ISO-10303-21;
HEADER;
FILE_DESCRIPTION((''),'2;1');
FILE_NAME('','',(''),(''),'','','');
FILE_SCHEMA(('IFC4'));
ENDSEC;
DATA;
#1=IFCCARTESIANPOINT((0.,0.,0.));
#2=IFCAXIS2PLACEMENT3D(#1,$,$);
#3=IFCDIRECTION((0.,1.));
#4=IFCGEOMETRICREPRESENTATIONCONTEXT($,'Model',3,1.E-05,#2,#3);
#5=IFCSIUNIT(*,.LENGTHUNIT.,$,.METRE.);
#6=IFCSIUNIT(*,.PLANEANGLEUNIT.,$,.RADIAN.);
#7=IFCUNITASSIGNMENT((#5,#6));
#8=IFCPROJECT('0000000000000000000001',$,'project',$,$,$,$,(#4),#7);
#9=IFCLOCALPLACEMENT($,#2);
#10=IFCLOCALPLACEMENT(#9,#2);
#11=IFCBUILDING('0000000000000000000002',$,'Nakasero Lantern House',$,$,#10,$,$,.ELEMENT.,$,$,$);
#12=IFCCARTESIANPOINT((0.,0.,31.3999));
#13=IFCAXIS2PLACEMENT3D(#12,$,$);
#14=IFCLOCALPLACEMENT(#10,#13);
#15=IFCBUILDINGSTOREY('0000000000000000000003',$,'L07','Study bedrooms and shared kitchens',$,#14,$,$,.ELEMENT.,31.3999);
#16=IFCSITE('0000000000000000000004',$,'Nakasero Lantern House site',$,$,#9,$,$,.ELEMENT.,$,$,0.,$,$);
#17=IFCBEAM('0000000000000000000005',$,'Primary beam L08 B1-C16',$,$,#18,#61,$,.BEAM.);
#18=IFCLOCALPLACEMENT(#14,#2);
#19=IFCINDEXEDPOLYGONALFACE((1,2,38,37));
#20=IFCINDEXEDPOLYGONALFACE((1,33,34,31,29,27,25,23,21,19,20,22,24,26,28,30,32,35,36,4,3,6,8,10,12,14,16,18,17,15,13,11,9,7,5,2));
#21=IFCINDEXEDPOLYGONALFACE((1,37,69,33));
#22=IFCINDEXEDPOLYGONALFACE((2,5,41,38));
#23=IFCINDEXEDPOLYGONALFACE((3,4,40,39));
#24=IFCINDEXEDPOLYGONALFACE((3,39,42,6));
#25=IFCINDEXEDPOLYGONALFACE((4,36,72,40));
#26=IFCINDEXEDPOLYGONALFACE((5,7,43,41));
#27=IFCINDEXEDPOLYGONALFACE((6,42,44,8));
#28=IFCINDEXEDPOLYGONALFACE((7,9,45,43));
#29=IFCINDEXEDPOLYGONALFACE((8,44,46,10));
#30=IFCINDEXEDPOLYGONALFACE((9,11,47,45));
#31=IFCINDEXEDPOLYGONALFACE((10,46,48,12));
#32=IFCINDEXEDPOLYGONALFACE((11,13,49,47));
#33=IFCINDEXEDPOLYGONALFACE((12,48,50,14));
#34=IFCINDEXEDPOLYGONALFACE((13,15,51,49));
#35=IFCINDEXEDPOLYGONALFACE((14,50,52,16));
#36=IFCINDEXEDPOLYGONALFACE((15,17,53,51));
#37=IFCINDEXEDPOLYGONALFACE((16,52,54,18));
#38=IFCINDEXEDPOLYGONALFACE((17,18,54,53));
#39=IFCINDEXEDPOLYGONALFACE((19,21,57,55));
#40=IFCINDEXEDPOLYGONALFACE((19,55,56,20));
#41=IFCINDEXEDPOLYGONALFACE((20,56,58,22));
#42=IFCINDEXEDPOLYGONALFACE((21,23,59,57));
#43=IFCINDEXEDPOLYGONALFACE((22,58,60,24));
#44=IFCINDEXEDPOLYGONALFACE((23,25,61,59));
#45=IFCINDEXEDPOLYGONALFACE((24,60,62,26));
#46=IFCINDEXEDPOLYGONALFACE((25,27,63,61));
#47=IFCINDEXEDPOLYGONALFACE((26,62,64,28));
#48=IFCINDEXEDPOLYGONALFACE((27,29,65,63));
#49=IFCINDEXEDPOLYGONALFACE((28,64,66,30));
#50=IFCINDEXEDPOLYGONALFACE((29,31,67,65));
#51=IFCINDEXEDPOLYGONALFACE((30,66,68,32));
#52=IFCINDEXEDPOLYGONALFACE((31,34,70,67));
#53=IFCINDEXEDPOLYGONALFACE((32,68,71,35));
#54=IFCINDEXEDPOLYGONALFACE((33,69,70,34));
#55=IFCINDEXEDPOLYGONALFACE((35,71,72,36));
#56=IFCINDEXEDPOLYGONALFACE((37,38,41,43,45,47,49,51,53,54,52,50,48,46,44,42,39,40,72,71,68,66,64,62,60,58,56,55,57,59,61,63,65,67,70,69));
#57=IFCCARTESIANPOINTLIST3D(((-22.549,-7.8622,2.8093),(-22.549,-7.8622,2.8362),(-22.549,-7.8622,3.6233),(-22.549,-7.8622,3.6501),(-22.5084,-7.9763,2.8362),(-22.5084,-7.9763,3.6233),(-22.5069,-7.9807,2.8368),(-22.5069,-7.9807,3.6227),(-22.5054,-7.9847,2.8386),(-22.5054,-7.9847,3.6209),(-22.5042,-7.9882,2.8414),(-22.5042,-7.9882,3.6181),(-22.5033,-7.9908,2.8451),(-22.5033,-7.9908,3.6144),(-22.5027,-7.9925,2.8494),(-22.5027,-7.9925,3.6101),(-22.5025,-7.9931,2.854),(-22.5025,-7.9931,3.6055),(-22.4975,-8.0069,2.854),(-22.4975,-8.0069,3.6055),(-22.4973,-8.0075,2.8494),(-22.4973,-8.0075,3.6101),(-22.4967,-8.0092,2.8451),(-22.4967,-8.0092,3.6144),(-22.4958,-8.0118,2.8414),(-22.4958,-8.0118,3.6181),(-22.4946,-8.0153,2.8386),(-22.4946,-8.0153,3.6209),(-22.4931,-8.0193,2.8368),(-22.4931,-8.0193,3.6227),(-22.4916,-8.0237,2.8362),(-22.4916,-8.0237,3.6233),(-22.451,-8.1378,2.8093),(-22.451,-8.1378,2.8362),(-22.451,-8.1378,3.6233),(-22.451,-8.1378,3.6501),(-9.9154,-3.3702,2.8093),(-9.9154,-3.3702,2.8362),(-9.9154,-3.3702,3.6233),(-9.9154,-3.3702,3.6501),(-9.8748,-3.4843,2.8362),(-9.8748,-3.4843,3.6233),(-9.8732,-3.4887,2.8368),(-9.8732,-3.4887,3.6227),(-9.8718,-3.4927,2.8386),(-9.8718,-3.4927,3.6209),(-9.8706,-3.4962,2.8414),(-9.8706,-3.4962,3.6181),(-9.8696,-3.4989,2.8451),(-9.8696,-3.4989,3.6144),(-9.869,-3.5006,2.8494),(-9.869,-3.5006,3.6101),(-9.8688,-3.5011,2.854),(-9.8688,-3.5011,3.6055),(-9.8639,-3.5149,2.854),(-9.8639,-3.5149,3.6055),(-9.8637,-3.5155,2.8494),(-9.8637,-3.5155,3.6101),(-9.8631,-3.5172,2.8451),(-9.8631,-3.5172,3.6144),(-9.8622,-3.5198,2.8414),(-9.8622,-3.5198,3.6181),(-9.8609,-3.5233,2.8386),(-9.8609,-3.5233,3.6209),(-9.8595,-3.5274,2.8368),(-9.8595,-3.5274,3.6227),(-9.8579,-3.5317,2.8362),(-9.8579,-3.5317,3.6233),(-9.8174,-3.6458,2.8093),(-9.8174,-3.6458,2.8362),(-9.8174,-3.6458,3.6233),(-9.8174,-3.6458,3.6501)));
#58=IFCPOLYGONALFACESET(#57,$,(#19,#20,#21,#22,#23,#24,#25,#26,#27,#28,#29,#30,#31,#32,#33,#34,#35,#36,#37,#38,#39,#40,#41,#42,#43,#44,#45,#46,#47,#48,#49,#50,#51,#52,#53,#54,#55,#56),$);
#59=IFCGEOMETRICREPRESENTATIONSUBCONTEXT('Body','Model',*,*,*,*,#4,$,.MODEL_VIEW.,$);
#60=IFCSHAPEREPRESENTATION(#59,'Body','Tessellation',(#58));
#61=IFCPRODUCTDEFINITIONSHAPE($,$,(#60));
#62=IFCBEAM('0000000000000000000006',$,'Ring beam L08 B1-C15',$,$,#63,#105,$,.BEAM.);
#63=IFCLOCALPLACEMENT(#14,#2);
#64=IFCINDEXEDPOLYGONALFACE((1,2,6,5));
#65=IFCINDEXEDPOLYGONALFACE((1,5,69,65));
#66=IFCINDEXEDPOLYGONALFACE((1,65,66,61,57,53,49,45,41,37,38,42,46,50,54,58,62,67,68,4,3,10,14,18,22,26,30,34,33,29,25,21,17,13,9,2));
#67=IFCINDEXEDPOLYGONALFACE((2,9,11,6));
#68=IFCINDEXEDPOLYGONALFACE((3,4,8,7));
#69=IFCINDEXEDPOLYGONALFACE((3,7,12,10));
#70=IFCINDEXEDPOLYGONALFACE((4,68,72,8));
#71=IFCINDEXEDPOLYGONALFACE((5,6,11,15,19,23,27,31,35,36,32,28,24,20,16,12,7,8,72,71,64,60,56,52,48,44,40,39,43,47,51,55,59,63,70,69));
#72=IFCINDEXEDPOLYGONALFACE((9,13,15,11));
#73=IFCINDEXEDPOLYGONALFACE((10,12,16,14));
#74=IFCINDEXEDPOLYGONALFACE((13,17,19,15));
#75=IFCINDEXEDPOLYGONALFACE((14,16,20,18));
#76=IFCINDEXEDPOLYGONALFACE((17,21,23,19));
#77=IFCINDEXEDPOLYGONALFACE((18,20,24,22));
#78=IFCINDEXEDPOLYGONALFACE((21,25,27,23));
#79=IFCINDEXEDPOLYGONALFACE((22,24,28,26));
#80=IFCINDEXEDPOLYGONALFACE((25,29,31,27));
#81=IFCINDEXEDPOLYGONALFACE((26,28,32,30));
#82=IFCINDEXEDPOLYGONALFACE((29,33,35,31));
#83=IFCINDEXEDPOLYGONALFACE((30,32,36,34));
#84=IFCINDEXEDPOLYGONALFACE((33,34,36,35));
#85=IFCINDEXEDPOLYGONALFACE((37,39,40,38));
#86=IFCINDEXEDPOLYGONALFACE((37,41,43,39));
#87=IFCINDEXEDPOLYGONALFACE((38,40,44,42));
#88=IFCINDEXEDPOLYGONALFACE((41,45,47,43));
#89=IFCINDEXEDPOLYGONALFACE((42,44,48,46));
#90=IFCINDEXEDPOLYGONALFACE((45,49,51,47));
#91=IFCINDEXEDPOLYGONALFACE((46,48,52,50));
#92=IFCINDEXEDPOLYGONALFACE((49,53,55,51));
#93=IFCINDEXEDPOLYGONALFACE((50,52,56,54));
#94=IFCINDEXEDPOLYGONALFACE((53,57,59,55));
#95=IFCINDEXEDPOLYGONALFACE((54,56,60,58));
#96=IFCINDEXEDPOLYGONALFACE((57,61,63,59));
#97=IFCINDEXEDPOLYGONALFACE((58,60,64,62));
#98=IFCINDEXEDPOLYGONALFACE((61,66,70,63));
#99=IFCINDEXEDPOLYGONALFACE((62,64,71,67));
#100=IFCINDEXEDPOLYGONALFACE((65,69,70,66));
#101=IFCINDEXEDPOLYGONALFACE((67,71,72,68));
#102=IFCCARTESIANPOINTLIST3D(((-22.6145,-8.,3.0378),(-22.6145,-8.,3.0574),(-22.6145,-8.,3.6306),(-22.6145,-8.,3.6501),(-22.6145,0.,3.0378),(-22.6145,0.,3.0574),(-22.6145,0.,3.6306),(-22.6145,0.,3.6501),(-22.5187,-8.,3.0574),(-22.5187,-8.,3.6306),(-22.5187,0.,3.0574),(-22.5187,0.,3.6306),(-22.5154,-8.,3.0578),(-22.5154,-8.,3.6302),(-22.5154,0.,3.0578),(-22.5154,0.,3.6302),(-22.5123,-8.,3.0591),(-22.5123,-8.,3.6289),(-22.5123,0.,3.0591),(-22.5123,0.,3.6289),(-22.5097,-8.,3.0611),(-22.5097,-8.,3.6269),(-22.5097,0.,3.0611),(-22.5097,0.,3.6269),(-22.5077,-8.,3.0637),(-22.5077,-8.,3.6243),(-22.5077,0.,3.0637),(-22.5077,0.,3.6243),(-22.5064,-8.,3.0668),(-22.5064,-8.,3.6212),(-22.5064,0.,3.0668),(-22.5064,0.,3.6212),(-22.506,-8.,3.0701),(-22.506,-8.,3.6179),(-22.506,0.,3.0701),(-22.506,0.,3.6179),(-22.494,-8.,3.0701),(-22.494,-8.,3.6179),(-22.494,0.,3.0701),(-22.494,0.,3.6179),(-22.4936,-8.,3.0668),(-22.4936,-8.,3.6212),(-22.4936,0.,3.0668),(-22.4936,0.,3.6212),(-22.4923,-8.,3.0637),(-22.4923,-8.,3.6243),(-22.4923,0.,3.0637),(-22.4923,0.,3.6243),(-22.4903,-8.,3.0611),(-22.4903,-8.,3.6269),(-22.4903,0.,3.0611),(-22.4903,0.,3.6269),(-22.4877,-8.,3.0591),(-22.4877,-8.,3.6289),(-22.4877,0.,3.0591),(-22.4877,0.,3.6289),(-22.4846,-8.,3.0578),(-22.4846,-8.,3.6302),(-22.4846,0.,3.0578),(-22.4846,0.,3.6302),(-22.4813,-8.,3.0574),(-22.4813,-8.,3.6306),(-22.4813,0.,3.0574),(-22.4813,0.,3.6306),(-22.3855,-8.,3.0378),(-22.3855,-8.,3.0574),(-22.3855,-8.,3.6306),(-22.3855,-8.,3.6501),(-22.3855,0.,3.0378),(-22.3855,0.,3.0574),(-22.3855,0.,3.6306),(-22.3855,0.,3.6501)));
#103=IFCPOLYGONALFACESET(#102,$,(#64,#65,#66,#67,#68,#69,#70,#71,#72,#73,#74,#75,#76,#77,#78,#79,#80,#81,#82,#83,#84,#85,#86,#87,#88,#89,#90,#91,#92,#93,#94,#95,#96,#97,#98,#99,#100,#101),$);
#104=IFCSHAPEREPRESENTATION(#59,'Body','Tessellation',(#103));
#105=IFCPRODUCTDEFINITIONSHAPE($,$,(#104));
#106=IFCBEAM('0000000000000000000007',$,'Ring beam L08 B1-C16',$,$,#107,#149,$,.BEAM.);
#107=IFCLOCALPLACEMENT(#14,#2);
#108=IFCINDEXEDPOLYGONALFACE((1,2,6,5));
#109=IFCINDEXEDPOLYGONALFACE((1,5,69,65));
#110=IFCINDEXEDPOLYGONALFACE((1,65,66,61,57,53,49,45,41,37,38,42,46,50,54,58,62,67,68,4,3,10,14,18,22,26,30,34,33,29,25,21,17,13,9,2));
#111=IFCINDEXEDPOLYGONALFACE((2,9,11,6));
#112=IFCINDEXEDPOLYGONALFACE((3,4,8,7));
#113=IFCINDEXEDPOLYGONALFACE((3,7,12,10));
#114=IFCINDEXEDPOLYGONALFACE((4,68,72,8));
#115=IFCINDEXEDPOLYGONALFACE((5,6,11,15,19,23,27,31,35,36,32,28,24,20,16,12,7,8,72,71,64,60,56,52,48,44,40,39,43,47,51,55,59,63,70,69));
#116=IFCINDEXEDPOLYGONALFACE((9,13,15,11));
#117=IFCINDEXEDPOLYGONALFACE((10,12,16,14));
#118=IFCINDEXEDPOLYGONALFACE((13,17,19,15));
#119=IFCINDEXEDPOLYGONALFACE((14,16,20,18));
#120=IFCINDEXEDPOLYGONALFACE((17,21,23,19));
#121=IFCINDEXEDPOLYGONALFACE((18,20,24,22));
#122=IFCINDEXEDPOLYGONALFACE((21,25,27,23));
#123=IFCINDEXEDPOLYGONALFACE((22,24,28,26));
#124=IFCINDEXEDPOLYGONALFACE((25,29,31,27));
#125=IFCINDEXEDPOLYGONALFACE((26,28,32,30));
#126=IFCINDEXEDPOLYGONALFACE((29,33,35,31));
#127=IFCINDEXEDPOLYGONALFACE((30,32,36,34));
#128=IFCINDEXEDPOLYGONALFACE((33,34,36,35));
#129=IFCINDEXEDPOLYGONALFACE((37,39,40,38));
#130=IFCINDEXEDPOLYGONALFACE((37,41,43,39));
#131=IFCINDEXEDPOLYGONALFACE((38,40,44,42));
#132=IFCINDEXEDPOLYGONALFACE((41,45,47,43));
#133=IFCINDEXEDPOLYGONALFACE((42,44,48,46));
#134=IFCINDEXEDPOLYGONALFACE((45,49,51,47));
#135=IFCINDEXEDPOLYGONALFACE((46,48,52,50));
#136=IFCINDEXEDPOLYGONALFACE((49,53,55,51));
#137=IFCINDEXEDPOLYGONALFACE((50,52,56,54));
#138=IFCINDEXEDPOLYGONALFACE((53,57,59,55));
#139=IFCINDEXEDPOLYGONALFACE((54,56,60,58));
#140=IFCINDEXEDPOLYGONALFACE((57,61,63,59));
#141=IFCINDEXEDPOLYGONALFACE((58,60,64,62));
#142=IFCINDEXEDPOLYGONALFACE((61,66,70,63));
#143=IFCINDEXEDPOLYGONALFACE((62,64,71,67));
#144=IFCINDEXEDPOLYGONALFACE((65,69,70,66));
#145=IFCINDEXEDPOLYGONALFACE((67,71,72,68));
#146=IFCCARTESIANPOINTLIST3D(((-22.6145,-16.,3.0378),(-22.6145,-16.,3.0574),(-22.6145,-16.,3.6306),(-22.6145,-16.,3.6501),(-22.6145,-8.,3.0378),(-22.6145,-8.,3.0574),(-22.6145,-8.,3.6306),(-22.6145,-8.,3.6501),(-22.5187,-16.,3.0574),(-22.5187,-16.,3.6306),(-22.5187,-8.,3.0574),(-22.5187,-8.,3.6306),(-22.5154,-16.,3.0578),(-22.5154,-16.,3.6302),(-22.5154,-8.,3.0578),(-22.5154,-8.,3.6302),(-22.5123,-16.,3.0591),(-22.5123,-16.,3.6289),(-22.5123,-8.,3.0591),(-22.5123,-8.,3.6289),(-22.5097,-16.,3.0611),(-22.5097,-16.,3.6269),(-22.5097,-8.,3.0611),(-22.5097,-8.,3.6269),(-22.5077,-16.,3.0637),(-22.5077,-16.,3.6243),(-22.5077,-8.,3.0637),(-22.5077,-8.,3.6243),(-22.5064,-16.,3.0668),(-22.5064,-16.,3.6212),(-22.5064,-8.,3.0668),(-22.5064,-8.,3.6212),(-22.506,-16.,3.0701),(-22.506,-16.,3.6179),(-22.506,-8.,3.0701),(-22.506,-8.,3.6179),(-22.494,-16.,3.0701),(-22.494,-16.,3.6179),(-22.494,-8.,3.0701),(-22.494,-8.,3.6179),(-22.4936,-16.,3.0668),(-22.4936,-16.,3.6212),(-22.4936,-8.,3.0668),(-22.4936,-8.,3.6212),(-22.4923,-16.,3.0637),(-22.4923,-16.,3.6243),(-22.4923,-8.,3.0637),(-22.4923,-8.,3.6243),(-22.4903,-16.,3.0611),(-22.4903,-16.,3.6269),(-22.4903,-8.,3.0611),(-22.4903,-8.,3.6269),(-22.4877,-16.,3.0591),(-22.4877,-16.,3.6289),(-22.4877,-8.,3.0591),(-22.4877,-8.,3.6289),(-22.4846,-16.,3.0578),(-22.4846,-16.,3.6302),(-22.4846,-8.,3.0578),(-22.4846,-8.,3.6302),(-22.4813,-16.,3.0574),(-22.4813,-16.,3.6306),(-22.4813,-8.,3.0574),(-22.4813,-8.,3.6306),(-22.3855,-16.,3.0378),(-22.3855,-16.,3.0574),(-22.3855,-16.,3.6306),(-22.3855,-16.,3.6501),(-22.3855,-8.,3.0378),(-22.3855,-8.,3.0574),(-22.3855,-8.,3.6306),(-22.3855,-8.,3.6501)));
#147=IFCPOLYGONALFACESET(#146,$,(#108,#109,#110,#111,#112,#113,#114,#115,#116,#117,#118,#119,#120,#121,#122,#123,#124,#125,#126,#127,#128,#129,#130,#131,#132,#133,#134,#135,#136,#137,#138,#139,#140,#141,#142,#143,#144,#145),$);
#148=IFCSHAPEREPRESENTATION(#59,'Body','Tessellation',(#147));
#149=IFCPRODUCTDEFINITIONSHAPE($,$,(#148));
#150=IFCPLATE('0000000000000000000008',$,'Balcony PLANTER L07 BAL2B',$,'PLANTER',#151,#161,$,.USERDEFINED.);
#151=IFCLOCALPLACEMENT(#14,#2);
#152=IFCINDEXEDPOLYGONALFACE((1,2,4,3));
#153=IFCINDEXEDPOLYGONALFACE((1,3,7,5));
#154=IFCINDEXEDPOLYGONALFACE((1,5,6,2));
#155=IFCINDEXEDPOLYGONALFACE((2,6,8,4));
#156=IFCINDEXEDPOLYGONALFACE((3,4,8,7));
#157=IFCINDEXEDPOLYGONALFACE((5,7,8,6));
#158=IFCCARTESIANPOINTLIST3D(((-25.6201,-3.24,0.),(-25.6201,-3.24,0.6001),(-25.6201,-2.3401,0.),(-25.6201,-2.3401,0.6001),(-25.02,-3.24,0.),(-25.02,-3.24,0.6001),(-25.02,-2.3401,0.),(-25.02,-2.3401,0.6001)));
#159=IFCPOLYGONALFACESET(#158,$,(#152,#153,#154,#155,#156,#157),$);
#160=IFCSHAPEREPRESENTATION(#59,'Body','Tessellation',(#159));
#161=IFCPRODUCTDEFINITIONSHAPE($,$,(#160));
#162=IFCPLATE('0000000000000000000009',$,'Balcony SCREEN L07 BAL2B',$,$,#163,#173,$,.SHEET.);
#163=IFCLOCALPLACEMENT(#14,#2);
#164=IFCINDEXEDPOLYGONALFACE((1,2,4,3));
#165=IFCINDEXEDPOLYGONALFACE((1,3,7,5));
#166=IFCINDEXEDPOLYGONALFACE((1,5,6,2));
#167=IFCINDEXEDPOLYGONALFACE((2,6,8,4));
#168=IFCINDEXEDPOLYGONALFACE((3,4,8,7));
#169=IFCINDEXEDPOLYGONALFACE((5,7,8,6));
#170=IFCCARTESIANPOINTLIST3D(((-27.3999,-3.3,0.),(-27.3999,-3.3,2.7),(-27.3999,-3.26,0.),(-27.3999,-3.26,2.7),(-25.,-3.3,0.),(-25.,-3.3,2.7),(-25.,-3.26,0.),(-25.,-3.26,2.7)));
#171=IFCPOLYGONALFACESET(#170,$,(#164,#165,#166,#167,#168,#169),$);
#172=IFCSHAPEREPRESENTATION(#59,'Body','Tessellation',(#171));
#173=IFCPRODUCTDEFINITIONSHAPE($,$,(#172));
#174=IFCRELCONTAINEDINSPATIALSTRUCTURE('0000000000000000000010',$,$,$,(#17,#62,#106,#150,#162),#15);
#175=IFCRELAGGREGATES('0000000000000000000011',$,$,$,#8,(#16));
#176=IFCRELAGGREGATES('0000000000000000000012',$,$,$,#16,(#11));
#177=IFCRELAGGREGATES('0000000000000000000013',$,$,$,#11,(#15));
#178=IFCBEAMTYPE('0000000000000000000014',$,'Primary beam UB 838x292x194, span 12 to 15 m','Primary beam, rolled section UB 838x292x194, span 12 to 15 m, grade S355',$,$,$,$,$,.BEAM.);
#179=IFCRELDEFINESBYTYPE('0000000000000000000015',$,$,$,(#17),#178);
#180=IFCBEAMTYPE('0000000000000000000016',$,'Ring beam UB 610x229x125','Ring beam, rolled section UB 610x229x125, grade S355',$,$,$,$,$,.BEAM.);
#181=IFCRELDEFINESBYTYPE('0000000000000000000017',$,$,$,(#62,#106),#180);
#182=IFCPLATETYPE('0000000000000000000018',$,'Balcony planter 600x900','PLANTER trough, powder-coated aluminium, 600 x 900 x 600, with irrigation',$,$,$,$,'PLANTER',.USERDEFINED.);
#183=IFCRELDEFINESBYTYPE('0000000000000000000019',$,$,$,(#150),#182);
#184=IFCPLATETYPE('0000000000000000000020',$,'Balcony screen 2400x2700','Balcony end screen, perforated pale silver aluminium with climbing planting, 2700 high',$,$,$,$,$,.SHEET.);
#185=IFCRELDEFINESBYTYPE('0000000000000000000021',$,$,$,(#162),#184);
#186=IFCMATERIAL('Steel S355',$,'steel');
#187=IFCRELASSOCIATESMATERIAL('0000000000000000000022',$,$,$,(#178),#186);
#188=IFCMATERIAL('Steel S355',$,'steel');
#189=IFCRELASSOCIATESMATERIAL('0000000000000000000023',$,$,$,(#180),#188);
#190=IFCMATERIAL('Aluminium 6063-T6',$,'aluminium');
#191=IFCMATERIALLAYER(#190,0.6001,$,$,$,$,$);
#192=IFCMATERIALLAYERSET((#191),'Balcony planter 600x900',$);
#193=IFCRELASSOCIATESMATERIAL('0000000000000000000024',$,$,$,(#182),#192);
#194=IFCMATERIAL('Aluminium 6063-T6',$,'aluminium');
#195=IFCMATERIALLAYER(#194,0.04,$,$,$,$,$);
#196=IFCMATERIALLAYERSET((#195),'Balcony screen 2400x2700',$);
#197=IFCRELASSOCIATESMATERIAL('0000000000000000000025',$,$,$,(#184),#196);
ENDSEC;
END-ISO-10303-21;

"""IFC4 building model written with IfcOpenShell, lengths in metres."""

from ifc_helpers import new_model, si_unit, direction, frame, origin, origin_2d, place, context, subcontext, project, spatial, rectangle, i_section, extrude, material, layer, layer_set, material_profile, profile_set, type_object, element, save


model = new_model("IFC4")

# Units and contexts
model_context = context("Model", 3, precision=1e-05, world=origin(), true_north=direction((0.0, 1.0)))
body_context = subcontext(model_context, "Body", "Model", "MODEL_VIEW")
ifc_project = project(units=[si_unit("LENGTHUNIT", "METRE"), si_unit("PLANEANGLEUNIT", "RADIAN")], contexts=[model_context])

# Site, building, storey
site_placement = place(None, origin())
site = spatial("IfcSite", under=ifc_project, at=site_placement, Name="Nakasero Lantern House site", CompositionType="ELEMENT", RefElevation=0.0)
building_placement = place(site_placement, origin())
building = spatial("IfcBuilding", under=site, at=building_placement, Name="Nakasero Lantern House", CompositionType="ELEMENT")
storey_placement = place(building_placement, frame((0.0, 0.0, 31.3999)))
storey = spatial("IfcBuildingStorey", under=building, at=storey_placement, Name="L07", Description="Study bedrooms and shared kitchens", CompositionType="ELEMENT", Elevation=31.3999)

# Beams
ifc_material_1 = material(Name="Steel S355", Category="steel")
ifc_material_profile_1 = material_profile(ifc_material_1, i_section(OverallWidth=0.2925, OverallDepth=0.8408, WebThickness=0.0146, FlangeThickness=0.0269, FilletRadius=0.0178, at=origin_2d()), Name="UB 838x292x194")
ifc_profile_set_1 = profile_set([ifc_material_profile_1], Name="Steel S355")
beam_type_1 = type_object("IfcBeamType", Name="Primary beam UB 838x292x194, span 12 to 15 m", Description="Primary beam, rolled section UB 838x292x194, span 12 to 15 m, grade S355", PredefinedType="BEAM", material=ifc_profile_set_1)
beam_1_placement = place(storey_placement, frame((-22.5, -8.0, 3.2297), z_axis=(0.942214, 0.335011, 0.0), x_axis=(-0.335011, 0.942214, 0.0)))
element("IfcBeam", 1, at=beam_1_placement, inside=storey, type_object=beam_type_1, Name="Primary beam L08 B1-C16", PredefinedType="BEAM", context=body_context, shape_type="SweptSolid", body=[
    extrude(i_section(OverallWidth=0.2925, OverallDepth=0.8408, WebThickness=0.0146, FlangeThickness=0.0269, FilletRadius=0.0178, at=origin_2d()), origin(), (0.0, 0.0, 1.0), 13.4084),
])
ifc_material_2 = material(Name="Steel S355", Category="steel")
ifc_material_profile_2 = material_profile(ifc_material_2, i_section(OverallWidth=0.229, OverallDepth=0.6123, WebThickness=0.012, FlangeThickness=0.0195, FilletRadius=0.0127, at=origin_2d()), Name="UB 610x229x125")
ifc_profile_set_2 = profile_set([ifc_material_profile_2], Name="Steel S355")
beam_type_2 = type_object("IfcBeamType", Name="Ring beam UB 610x229x125", Description="Ring beam, rolled section UB 610x229x125, grade S355", PredefinedType="BEAM", material=ifc_profile_set_2)
for number, where, z_axis, x_axis, name in (
    (2, (-22.5, 0.0, 3.344), (0.0, -1.0, 0.0), (1.0, 0.0, 0.0), "Ring beam L08 B1-C15"),
    (3, (-22.5, -8.0, 3.344), (0.0, -1.0, 0.0), (1.0, 0.0, 0.0), "Ring beam L08 B1-C16"),
):
    element("IfcBeam", number, at=place(storey_placement, frame(where, z_axis=z_axis, x_axis=x_axis)), inside=storey, type_object=beam_type_2, Name=name, PredefinedType="BEAM", context=body_context, shape_type="SweptSolid", body=[
        extrude(i_section(OverallWidth=0.229, OverallDepth=0.6123, WebThickness=0.012, FlangeThickness=0.0195, FilletRadius=0.0127, at=origin_2d()), origin(), (0.0, 0.0, 1.0), 8.0),
    ])

# Plates
ifc_material_3 = material(Name="Aluminium 6063-T6", Category="aluminium")
ifc_layer_1 = layer(ifc_material_3, 0.6001)
ifc_layer_set_1 = layer_set([ifc_layer_1], Name="Balcony planter 600x900")
plate_type_1 = type_object("IfcPlateType", Name="Balcony planter 600x900", Description="PLANTER trough, powder-coated aluminium, 600 x 900 x 600, with irrigation", ElementType="PLANTER", PredefinedType="USERDEFINED", material=ifc_layer_set_1)
plate_1_placement = place(storey_placement, frame((-25.3201, -2.79, 0.0), z_axis=(0.0, 0.0, 1.0), x_axis=(-1.0, 0.0, 0.0)))
element("IfcPlate", 4, at=plate_1_placement, inside=storey, type_object=plate_type_1, Name="Balcony PLANTER L07 BAL2B", ObjectType="PLANTER", PredefinedType="USERDEFINED", context=body_context, shape_type="SweptSolid", body=[
    extrude(rectangle(XDim=0.6001, YDim=0.8999, at=origin_2d()), origin(), (0.0, 0.0, 1.0), 0.6001),
])
ifc_material_4 = material(Name="Aluminium 6063-T6", Category="aluminium")
ifc_layer_2 = layer(ifc_material_4, 0.04)
ifc_layer_set_2 = layer_set([ifc_layer_2], Name="Balcony screen 2400x2700")
plate_type_2 = type_object("IfcPlateType", Name="Balcony screen 2400x2700", Description="Balcony end screen, perforated pale silver aluminium with climbing planting, 2700 high", PredefinedType="SHEET", material=ifc_layer_set_2)
plate_2_placement = place(storey_placement, frame((-26.2, -3.28, 0.0), z_axis=(0.0, 0.0, 1.0), x_axis=(-1.0, 0.0, 0.0)))
element("IfcPlate", 5, at=plate_2_placement, inside=storey, type_object=plate_type_2, Name="Balcony SCREEN L07 BAL2B", PredefinedType="SHEET", context=body_context, shape_type="SweptSolid", body=[
    extrude(rectangle(XDim=2.3999, YDim=0.04, at=origin_2d()), origin(), (0.0, 0.0, 1.0), 2.7),
])

save(model, "model.ifc")
